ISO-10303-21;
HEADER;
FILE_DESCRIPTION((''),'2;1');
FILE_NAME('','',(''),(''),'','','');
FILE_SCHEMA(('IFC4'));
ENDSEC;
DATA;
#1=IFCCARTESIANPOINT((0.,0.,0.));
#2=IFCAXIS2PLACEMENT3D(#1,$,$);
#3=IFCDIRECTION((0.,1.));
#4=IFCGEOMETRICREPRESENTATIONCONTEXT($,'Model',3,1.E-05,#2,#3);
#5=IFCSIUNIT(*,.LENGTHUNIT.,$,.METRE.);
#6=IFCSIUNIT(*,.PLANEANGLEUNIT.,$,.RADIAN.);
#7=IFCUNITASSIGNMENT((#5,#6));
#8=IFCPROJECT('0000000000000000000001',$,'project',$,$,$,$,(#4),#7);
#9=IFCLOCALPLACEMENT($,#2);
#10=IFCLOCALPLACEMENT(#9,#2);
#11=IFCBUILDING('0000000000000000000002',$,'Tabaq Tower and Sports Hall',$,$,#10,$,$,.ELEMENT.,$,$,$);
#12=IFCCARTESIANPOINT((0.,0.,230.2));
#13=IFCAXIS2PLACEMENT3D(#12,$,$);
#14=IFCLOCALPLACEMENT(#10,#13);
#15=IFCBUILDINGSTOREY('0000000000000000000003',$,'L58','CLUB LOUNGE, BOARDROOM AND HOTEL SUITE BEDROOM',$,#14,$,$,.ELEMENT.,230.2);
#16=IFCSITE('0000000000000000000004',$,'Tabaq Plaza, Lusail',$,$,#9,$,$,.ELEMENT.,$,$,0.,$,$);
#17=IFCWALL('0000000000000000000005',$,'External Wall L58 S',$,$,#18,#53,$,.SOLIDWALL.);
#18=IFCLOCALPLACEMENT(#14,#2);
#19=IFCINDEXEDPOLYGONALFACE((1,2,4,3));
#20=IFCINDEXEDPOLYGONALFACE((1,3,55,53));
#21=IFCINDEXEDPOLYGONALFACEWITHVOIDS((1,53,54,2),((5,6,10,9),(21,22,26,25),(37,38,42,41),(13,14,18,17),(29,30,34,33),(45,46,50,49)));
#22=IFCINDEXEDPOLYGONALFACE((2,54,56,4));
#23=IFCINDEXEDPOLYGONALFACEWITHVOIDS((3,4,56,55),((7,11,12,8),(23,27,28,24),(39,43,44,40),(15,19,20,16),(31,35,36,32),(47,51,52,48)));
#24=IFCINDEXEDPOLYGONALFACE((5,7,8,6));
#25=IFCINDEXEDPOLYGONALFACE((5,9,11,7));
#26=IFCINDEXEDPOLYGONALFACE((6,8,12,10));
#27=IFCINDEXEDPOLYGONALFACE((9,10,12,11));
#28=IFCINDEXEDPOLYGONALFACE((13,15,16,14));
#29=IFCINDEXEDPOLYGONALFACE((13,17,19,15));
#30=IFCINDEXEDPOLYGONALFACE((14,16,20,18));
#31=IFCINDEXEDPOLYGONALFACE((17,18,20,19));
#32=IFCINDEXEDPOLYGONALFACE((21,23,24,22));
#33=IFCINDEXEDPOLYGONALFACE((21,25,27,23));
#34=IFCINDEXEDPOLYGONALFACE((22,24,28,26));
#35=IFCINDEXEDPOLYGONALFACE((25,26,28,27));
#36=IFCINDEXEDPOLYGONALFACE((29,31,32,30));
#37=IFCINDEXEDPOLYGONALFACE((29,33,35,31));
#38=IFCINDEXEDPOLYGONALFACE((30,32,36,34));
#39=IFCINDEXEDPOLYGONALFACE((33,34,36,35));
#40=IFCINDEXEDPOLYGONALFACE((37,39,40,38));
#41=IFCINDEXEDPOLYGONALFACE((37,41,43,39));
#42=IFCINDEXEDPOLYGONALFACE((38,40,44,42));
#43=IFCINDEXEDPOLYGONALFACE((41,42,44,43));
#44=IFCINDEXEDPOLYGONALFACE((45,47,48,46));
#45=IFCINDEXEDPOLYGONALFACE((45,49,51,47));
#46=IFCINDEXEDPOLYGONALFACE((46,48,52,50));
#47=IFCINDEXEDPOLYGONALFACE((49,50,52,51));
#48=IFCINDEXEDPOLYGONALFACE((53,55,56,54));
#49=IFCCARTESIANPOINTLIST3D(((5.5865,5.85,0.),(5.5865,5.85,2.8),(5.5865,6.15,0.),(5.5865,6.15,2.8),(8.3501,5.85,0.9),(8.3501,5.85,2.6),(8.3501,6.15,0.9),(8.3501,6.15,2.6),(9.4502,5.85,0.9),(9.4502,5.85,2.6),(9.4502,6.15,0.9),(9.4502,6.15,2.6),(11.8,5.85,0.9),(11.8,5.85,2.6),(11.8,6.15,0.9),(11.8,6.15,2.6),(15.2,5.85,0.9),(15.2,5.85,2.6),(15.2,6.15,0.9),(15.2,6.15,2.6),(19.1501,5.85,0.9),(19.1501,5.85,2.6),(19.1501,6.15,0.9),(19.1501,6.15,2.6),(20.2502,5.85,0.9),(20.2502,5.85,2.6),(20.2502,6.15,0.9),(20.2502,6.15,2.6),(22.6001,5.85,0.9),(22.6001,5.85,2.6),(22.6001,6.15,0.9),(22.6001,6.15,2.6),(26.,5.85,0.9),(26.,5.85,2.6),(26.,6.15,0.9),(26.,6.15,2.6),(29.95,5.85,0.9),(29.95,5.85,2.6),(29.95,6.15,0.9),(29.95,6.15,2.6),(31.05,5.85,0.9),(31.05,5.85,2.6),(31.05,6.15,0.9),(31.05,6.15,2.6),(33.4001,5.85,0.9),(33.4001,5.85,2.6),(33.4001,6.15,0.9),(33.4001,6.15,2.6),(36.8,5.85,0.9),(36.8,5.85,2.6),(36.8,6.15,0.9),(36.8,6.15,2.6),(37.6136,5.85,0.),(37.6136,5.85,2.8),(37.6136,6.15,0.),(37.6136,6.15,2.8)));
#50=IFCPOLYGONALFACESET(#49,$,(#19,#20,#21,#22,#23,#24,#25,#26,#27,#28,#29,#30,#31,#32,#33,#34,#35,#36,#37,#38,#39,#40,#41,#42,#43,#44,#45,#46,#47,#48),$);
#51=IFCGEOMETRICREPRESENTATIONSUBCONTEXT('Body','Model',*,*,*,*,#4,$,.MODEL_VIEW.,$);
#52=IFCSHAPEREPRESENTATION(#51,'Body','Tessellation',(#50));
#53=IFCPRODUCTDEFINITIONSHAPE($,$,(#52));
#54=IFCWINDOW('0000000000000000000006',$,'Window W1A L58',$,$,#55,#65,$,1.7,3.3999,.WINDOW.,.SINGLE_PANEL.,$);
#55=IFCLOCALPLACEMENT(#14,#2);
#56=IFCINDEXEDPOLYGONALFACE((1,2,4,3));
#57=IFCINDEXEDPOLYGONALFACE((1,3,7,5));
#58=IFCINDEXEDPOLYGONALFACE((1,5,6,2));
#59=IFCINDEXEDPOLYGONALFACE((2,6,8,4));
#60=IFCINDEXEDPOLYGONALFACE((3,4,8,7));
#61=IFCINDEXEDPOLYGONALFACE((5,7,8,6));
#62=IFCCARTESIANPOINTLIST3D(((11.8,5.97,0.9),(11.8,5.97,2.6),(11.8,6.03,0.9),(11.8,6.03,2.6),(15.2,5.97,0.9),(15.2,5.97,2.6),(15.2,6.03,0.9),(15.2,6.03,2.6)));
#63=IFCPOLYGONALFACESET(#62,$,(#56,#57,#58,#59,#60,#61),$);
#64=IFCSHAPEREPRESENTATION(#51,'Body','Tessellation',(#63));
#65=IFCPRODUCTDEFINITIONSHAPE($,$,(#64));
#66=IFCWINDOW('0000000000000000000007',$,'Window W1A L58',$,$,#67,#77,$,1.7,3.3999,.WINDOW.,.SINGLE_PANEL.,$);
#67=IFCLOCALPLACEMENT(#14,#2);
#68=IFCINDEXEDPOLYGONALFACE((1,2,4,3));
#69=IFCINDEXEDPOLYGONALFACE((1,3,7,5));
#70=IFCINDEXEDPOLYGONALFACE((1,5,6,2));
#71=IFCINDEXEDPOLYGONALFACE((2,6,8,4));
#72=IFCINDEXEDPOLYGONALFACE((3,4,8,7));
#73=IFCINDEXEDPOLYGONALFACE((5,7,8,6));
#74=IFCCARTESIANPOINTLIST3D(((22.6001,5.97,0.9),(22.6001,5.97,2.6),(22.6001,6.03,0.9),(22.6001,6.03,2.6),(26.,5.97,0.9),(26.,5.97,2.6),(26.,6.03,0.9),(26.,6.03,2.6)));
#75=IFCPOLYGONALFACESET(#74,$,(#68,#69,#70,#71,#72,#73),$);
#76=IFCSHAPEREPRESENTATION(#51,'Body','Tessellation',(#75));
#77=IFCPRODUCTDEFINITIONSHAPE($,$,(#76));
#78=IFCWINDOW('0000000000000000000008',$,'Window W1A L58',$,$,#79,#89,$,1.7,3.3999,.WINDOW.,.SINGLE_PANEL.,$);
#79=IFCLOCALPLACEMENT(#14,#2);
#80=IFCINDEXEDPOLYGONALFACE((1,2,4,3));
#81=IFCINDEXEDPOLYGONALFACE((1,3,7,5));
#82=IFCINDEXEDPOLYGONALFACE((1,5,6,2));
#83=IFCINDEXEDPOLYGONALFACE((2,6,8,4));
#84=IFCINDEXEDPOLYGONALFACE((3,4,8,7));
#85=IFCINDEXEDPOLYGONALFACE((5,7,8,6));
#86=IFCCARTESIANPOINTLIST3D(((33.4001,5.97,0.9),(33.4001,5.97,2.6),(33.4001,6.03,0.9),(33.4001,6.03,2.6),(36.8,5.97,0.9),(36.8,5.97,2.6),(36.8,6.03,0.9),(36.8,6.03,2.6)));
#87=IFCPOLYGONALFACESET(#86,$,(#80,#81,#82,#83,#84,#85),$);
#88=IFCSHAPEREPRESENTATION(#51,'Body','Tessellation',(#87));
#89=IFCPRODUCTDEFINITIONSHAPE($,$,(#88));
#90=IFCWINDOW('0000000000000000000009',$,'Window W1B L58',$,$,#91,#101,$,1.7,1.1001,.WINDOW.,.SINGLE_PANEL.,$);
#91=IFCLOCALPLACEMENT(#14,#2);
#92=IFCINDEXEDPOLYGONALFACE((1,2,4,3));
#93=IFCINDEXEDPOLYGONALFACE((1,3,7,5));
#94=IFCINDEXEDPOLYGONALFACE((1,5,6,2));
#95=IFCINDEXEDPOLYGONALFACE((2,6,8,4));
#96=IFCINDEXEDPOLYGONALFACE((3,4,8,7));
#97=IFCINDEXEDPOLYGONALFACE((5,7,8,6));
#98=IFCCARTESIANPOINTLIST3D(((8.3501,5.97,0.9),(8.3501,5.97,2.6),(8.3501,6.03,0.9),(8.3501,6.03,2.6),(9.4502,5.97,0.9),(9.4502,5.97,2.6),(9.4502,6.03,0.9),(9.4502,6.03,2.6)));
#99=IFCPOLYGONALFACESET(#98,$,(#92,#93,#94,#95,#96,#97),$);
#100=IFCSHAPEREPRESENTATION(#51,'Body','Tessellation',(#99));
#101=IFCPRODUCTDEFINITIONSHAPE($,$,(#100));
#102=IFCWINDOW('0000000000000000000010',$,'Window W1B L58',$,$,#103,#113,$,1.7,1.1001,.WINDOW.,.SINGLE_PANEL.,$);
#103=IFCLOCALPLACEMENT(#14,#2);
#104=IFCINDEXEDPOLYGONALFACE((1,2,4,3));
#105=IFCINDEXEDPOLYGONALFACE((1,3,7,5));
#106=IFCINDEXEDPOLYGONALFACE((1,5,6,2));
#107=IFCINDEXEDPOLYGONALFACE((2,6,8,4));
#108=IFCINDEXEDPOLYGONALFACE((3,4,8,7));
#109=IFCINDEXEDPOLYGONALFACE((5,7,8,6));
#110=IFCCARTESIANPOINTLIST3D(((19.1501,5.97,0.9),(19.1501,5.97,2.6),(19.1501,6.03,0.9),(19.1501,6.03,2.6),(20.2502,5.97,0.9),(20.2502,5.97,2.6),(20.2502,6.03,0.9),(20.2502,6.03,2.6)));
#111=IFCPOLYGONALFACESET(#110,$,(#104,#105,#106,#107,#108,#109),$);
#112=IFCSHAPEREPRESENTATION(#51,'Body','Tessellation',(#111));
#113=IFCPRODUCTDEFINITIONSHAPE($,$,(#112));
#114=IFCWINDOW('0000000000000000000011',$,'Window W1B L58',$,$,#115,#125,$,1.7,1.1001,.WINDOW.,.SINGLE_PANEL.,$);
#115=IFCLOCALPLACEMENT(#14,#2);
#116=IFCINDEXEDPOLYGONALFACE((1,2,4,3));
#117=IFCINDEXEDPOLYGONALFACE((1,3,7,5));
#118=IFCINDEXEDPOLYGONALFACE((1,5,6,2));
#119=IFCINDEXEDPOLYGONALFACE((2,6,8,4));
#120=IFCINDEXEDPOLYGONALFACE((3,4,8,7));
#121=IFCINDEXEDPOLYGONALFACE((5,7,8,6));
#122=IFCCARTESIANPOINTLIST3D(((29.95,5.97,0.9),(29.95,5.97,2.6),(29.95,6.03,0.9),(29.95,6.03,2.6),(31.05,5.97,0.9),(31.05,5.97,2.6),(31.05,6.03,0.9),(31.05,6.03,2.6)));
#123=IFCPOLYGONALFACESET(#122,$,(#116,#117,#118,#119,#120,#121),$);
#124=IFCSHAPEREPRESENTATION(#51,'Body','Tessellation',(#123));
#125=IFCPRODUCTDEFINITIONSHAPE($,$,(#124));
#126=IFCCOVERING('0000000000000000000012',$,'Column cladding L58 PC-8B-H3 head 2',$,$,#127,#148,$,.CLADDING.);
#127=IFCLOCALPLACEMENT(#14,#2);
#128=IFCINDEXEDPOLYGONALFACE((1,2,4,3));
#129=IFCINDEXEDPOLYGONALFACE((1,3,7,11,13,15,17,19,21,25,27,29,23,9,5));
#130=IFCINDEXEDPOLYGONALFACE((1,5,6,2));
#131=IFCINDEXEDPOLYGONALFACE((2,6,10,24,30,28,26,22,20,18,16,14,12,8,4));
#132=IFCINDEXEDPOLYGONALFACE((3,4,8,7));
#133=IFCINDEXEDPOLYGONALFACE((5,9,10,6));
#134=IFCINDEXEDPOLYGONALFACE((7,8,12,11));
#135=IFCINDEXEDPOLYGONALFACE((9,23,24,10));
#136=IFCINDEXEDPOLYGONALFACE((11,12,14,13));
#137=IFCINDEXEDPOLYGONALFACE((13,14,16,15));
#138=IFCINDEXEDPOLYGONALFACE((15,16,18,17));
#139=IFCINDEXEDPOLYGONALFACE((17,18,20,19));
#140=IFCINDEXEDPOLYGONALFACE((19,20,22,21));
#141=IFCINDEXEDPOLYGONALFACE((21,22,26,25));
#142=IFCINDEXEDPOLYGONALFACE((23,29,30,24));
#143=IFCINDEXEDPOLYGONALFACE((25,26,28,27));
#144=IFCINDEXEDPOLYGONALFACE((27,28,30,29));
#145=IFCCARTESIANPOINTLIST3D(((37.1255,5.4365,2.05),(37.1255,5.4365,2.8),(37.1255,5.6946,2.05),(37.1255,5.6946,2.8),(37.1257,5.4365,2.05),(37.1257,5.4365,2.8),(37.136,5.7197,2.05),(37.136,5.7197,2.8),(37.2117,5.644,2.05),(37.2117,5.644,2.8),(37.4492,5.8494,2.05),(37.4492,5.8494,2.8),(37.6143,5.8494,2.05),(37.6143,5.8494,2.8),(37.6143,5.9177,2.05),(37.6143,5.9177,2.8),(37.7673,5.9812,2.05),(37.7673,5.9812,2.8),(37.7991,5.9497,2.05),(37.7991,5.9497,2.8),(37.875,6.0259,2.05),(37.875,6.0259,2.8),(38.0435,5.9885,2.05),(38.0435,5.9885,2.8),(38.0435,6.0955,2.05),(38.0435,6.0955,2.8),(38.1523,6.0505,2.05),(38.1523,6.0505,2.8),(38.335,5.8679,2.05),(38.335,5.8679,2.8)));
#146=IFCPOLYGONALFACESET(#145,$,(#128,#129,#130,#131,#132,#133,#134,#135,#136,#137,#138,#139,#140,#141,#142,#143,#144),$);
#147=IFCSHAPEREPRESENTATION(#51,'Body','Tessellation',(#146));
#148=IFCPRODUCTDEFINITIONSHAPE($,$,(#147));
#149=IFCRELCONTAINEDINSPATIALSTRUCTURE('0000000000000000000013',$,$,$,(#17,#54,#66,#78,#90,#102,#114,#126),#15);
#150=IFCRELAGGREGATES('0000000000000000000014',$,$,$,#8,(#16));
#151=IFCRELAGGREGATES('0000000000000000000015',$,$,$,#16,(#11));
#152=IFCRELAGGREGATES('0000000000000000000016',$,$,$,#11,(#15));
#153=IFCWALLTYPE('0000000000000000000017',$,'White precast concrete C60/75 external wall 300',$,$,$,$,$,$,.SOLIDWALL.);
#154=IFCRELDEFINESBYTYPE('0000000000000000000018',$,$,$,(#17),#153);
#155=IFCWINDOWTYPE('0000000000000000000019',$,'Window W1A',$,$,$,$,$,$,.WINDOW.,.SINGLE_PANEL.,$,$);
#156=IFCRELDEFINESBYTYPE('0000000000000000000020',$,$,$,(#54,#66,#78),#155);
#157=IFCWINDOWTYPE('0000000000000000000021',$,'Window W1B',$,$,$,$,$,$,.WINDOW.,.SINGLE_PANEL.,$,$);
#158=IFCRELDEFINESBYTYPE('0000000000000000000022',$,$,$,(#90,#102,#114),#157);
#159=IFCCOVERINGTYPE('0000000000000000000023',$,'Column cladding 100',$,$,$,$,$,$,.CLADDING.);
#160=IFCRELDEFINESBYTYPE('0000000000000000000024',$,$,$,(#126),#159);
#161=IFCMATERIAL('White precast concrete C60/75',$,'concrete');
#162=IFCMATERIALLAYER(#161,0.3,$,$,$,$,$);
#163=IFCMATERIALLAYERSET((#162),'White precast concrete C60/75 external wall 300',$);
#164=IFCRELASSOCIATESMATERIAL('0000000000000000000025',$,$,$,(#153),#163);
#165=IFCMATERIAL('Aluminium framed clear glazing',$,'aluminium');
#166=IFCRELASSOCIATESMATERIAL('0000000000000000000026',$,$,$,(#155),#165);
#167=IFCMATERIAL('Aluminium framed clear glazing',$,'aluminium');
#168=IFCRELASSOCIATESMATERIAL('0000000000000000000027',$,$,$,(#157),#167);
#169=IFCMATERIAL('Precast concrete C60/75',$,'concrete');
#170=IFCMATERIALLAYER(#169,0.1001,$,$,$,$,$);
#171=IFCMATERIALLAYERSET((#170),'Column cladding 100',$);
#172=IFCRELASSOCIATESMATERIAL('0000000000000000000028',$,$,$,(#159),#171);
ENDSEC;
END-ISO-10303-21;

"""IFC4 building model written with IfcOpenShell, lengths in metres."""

from ifc_helpers import new_model, si_unit, direction, frame, frame_2d, origin, place, context, subcontext, project, spatial, polyline, rectangle, outline, extrude, material, layer, layer_set, type_object, element, fill, save


model = new_model("IFC4")

# Units and contexts
model_context = context("Model", 3, precision=1e-05, world=origin(), true_north=direction((0.0, 1.0)))
body_context = subcontext(model_context, "Body", "Model", "MODEL_VIEW")
ifc_project = project(units=[si_unit("LENGTHUNIT", "METRE"), si_unit("PLANEANGLEUNIT", "RADIAN")], contexts=[model_context])

# Site, building, storey
site_placement = place(None, origin())
site = spatial("IfcSite", under=ifc_project, at=site_placement, Name="Tabaq Plaza, Lusail", CompositionType="ELEMENT", RefElevation=0.0)
building_placement = place(site_placement, origin())
building = spatial("IfcBuilding", under=site, at=building_placement, Name="Tabaq Tower and Sports Hall", CompositionType="ELEMENT")
storey_placement = place(building_placement, frame((0.0, 0.0, 230.2)))
storey = spatial("IfcBuildingStorey", under=building, at=storey_placement, Name="L58", Description="CLUB LOUNGE, BOARDROOM AND HOTEL SUITE BEDROOM", CompositionType="ELEMENT", Elevation=230.2)

# Wall, openings, windows
ifc_material_1 = material(Name="White precast concrete C60/75", Category="concrete")
ifc_layer_1 = layer(ifc_material_1, 0.3)
ifc_layer_set_1 = layer_set([ifc_layer_1], Name="White precast concrete C60/75 external wall 300")
wall_type_1 = type_object("IfcWallType", Name="White precast concrete C60/75 external wall 300", PredefinedType="SOLIDWALL", material=ifc_layer_set_1)
wall_1_placement = place(storey_placement, frame((5.5864, 6.0, 0.0), z_axis=(0.0, 0.0, 1.0), x_axis=(1.0, 0.0, 0.0)))
wall_1 = element("IfcWall", 1, at=wall_1_placement, inside=storey, type_object=wall_type_1, Name="External Wall L58 S", PredefinedType="SOLIDWALL", context=body_context, shape_type="SweptSolid", body=[
    extrude(rectangle(XDim=32.0271, YDim=0.3, at=frame_2d((16.0137, 0.0))), origin(), (0.0, 0.0, 1.0), 2.8),
])
opening_1_placement = place(wall_1_placement, frame((2.7637, 0.0, 0.8999)))
opening_1 = element("IfcOpeningElement", 2, at=opening_1_placement, cuts=wall_1, PredefinedType="OPENING", context=body_context, shape_type="SweptSolid", body=[
    extrude(rectangle(XDim=1.1001, YDim=1.7, at=frame_2d((0.55, 0.8501))), frame((0.0, 0.1602, 0.0), z_axis=(0.0, -1.0, 0.0), x_axis=(1.0, 0.0, 0.0)), (0.0, 0.0, 1.0), 0.3201),
])
opening_2_placement = place(wall_1_placement, frame((6.2136, 0.0, 0.8999)))
opening_2 = element("IfcOpeningElement", 3, at=opening_2_placement, cuts=wall_1, PredefinedType="OPENING", context=body_context, shape_type="SweptSolid", body=[
    extrude(rectangle(XDim=3.3999, YDim=1.7, at=frame_2d((1.7, 0.8501))), frame((0.0, 0.1602, 0.0), z_axis=(0.0, -1.0, 0.0), x_axis=(1.0, 0.0, 0.0)), (0.0, 0.0, 1.0), 0.3201),
])
opening_3_placement = place(wall_1_placement, frame((13.5637, 0.0, 0.8999)))
opening_3 = element("IfcOpeningElement", 4, at=opening_3_placement, cuts=wall_1, PredefinedType="OPENING", context=body_context, shape_type="SweptSolid", body=[
    extrude(rectangle(XDim=1.1001, YDim=1.7, at=frame_2d((0.55, 0.8501))), frame((0.0, 0.1602, 0.0), z_axis=(0.0, -1.0, 0.0), x_axis=(1.0, 0.0, 0.0)), (0.0, 0.0, 1.0), 0.3201),
])
opening_4_placement = place(wall_1_placement, frame((17.0137, 0.0, 0.8999)))
opening_4 = element("IfcOpeningElement", 5, at=opening_4_placement, cuts=wall_1, PredefinedType="OPENING", context=body_context, shape_type="SweptSolid", body=[
    extrude(rectangle(XDim=3.3999, YDim=1.7, at=frame_2d((1.7, 0.8501))), frame((0.0, 0.1602, 0.0), z_axis=(0.0, -1.0, 0.0), x_axis=(1.0, 0.0, 0.0)), (0.0, 0.0, 1.0), 0.3201),
])
opening_5_placement = place(wall_1_placement, frame((24.3635, 0.0, 0.8999)))
opening_5 = element("IfcOpeningElement", 6, at=opening_5_placement, cuts=wall_1, PredefinedType="OPENING", context=body_context, shape_type="SweptSolid", body=[
    extrude(rectangle(XDim=1.1001, YDim=1.7, at=frame_2d((0.55, 0.8501))), frame((0.0, 0.1602, 0.0), z_axis=(0.0, -1.0, 0.0), x_axis=(1.0, 0.0, 0.0)), (0.0, 0.0, 1.0), 0.3201),
])
opening_6_placement = place(wall_1_placement, frame((27.8137, 0.0, 0.8999)))
opening_6 = element("IfcOpeningElement", 7, at=opening_6_placement, cuts=wall_1, PredefinedType="OPENING", context=body_context, shape_type="SweptSolid", body=[
    extrude(rectangle(XDim=3.3999, YDim=1.7, at=frame_2d((1.7, 0.8501))), frame((0.0, 0.1602, 0.0), z_axis=(0.0, -1.0, 0.0), x_axis=(1.0, 0.0, 0.0)), (0.0, 0.0, 1.0), 0.3201),
])
ifc_material_2 = material(Name="Aluminium framed clear glazing", Category="aluminium")
window_type_1 = type_object("IfcWindowType", Name="Window W1A", PartitioningType="SINGLE_PANEL", PredefinedType="WINDOW", material=ifc_material_2)
window_1_placement = place(opening_2_placement, origin())
window_1 = element("IfcWindow", 8, at=window_1_placement, inside=storey, type_object=window_type_1, Name="Window W1A L58", OverallHeight=1.7, OverallWidth=3.3999, PartitioningType="SINGLE_PANEL", PredefinedType="WINDOW", context=body_context, shape_type="SweptSolid", body=[
    extrude(rectangle(XDim=3.3999, YDim=1.7, at=frame_2d((1.7, 0.8501))), frame((0.0, 0.03, 0.0), z_axis=(0.0, -1.0, 0.0), x_axis=(1.0, 0.0, 0.0)), (0.0, 0.0, 1.0), 0.0601),
])
fill(opening_2, window_1)
window_2_placement = place(opening_4_placement, origin())
window_2 = element("IfcWindow", 9, at=window_2_placement, inside=storey, type_object=window_type_1, Name="Window W1A L58", OverallHeight=1.7, OverallWidth=3.3999, PartitioningType="SINGLE_PANEL", PredefinedType="WINDOW", context=body_context, shape_type="SweptSolid", body=[
    extrude(rectangle(XDim=3.3999, YDim=1.7, at=frame_2d((1.7, 0.8501))), frame((0.0, 0.03, 0.0), z_axis=(0.0, -1.0, 0.0), x_axis=(1.0, 0.0, 0.0)), (0.0, 0.0, 1.0), 0.0601),
])
fill(opening_4, window_2)
window_3_placement = place(opening_6_placement, origin())
window_3 = element("IfcWindow", 10, at=window_3_placement, inside=storey, type_object=window_type_1, Name="Window W1A L58", OverallHeight=1.7, OverallWidth=3.3999, PartitioningType="SINGLE_PANEL", PredefinedType="WINDOW", context=body_context, shape_type="SweptSolid", body=[
    extrude(rectangle(XDim=3.3999, YDim=1.7, at=frame_2d((1.7, 0.8501))), frame((0.0, 0.03, 0.0), z_axis=(0.0, -1.0, 0.0), x_axis=(1.0, 0.0, 0.0)), (0.0, 0.0, 1.0), 0.0601),
])
fill(opening_6, window_3)
ifc_material_3 = material(Name="Aluminium framed clear glazing", Category="aluminium")
window_type_2 = type_object("IfcWindowType", Name="Window W1B", PartitioningType="SINGLE_PANEL", PredefinedType="WINDOW", material=ifc_material_3)
window_4_placement = place(opening_1_placement, origin())
window_4 = element("IfcWindow", 11, at=window_4_placement, inside=storey, type_object=window_type_2, Name="Window W1B L58", OverallHeight=1.7, OverallWidth=1.1001, PartitioningType="SINGLE_PANEL", PredefinedType="WINDOW", context=body_context, shape_type="SweptSolid", body=[
    extrude(rectangle(XDim=1.1001, YDim=1.7, at=frame_2d((0.55, 0.8501))), frame((0.0, 0.03, 0.0), z_axis=(0.0, -1.0, 0.0), x_axis=(1.0, 0.0, 0.0)), (0.0, 0.0, 1.0), 0.0601),
])
fill(opening_1, window_4)
window_5_placement = place(opening_3_placement, origin())
window_5 = element("IfcWindow", 12, at=window_5_placement, inside=storey, type_object=window_type_2, Name="Window W1B L58", OverallHeight=1.7, OverallWidth=1.1001, PartitioningType="SINGLE_PANEL", PredefinedType="WINDOW", context=body_context, shape_type="SweptSolid", body=[
    extrude(rectangle(XDim=1.1001, YDim=1.7, at=frame_2d((0.55, 0.8501))), frame((0.0, 0.03, 0.0), z_axis=(0.0, -1.0, 0.0), x_axis=(1.0, 0.0, 0.0)), (0.0, 0.0, 1.0), 0.0601),
])
fill(opening_3, window_5)
window_6_placement = place(opening_5_placement, origin())
window_6 = element("IfcWindow", 13, at=window_6_placement, inside=storey, type_object=window_type_2, Name="Window W1B L58", OverallHeight=1.7, OverallWidth=1.1001, PartitioningType="SINGLE_PANEL", PredefinedType="WINDOW", context=body_context, shape_type="SweptSolid", body=[
    extrude(rectangle(XDim=1.1001, YDim=1.7, at=frame_2d((0.55, 0.8501))), frame((0.0, 0.03, 0.0), z_axis=(0.0, -1.0, 0.0), x_axis=(1.0, 0.0, 0.0)), (0.0, 0.0, 1.0), 0.0601),
])
fill(opening_5, window_6)

# Covering
ifc_material_4 = material(Name="Precast concrete C60/75", Category="concrete")
ifc_layer_2 = layer(ifc_material_4, 0.1001)
ifc_layer_set_2 = layer_set([ifc_layer_2], Name="Column cladding 100")
covering_type_1 = type_object("IfcCoveringType", Name="Column cladding 100", PredefinedType="CLADDING", material=ifc_layer_set_2)
covering_1_placement = place(storey_placement, frame((0.0, 0.0, 2.05)))
element("IfcCovering", 14, at=covering_1_placement, inside=storey, type_object=covering_type_1, Name="Column cladding L58 PC-8B-H3 head 2", PredefinedType="CLADDING", context=body_context, shape_type="SweptSolid", body=[
    extrude(outline(polyline([(37.1257, 5.4365), (37.1255, 5.4365), (37.1255, 5.6946), (37.136, 5.7197), (37.4492, 5.8494), (37.6143, 5.8494), (37.6143, 5.9177), (37.7673, 5.9812), (37.7991, 5.9497), (37.875, 6.0259), (38.0435, 6.0955), (38.1523, 6.0505), (38.335, 5.8679), (38.0435, 5.9885), (37.2117, 5.644), (37.1257, 5.4365)])), origin(), (0.0, 0.0, 1.0), 0.75),
])

save(model, "model.ifc")
